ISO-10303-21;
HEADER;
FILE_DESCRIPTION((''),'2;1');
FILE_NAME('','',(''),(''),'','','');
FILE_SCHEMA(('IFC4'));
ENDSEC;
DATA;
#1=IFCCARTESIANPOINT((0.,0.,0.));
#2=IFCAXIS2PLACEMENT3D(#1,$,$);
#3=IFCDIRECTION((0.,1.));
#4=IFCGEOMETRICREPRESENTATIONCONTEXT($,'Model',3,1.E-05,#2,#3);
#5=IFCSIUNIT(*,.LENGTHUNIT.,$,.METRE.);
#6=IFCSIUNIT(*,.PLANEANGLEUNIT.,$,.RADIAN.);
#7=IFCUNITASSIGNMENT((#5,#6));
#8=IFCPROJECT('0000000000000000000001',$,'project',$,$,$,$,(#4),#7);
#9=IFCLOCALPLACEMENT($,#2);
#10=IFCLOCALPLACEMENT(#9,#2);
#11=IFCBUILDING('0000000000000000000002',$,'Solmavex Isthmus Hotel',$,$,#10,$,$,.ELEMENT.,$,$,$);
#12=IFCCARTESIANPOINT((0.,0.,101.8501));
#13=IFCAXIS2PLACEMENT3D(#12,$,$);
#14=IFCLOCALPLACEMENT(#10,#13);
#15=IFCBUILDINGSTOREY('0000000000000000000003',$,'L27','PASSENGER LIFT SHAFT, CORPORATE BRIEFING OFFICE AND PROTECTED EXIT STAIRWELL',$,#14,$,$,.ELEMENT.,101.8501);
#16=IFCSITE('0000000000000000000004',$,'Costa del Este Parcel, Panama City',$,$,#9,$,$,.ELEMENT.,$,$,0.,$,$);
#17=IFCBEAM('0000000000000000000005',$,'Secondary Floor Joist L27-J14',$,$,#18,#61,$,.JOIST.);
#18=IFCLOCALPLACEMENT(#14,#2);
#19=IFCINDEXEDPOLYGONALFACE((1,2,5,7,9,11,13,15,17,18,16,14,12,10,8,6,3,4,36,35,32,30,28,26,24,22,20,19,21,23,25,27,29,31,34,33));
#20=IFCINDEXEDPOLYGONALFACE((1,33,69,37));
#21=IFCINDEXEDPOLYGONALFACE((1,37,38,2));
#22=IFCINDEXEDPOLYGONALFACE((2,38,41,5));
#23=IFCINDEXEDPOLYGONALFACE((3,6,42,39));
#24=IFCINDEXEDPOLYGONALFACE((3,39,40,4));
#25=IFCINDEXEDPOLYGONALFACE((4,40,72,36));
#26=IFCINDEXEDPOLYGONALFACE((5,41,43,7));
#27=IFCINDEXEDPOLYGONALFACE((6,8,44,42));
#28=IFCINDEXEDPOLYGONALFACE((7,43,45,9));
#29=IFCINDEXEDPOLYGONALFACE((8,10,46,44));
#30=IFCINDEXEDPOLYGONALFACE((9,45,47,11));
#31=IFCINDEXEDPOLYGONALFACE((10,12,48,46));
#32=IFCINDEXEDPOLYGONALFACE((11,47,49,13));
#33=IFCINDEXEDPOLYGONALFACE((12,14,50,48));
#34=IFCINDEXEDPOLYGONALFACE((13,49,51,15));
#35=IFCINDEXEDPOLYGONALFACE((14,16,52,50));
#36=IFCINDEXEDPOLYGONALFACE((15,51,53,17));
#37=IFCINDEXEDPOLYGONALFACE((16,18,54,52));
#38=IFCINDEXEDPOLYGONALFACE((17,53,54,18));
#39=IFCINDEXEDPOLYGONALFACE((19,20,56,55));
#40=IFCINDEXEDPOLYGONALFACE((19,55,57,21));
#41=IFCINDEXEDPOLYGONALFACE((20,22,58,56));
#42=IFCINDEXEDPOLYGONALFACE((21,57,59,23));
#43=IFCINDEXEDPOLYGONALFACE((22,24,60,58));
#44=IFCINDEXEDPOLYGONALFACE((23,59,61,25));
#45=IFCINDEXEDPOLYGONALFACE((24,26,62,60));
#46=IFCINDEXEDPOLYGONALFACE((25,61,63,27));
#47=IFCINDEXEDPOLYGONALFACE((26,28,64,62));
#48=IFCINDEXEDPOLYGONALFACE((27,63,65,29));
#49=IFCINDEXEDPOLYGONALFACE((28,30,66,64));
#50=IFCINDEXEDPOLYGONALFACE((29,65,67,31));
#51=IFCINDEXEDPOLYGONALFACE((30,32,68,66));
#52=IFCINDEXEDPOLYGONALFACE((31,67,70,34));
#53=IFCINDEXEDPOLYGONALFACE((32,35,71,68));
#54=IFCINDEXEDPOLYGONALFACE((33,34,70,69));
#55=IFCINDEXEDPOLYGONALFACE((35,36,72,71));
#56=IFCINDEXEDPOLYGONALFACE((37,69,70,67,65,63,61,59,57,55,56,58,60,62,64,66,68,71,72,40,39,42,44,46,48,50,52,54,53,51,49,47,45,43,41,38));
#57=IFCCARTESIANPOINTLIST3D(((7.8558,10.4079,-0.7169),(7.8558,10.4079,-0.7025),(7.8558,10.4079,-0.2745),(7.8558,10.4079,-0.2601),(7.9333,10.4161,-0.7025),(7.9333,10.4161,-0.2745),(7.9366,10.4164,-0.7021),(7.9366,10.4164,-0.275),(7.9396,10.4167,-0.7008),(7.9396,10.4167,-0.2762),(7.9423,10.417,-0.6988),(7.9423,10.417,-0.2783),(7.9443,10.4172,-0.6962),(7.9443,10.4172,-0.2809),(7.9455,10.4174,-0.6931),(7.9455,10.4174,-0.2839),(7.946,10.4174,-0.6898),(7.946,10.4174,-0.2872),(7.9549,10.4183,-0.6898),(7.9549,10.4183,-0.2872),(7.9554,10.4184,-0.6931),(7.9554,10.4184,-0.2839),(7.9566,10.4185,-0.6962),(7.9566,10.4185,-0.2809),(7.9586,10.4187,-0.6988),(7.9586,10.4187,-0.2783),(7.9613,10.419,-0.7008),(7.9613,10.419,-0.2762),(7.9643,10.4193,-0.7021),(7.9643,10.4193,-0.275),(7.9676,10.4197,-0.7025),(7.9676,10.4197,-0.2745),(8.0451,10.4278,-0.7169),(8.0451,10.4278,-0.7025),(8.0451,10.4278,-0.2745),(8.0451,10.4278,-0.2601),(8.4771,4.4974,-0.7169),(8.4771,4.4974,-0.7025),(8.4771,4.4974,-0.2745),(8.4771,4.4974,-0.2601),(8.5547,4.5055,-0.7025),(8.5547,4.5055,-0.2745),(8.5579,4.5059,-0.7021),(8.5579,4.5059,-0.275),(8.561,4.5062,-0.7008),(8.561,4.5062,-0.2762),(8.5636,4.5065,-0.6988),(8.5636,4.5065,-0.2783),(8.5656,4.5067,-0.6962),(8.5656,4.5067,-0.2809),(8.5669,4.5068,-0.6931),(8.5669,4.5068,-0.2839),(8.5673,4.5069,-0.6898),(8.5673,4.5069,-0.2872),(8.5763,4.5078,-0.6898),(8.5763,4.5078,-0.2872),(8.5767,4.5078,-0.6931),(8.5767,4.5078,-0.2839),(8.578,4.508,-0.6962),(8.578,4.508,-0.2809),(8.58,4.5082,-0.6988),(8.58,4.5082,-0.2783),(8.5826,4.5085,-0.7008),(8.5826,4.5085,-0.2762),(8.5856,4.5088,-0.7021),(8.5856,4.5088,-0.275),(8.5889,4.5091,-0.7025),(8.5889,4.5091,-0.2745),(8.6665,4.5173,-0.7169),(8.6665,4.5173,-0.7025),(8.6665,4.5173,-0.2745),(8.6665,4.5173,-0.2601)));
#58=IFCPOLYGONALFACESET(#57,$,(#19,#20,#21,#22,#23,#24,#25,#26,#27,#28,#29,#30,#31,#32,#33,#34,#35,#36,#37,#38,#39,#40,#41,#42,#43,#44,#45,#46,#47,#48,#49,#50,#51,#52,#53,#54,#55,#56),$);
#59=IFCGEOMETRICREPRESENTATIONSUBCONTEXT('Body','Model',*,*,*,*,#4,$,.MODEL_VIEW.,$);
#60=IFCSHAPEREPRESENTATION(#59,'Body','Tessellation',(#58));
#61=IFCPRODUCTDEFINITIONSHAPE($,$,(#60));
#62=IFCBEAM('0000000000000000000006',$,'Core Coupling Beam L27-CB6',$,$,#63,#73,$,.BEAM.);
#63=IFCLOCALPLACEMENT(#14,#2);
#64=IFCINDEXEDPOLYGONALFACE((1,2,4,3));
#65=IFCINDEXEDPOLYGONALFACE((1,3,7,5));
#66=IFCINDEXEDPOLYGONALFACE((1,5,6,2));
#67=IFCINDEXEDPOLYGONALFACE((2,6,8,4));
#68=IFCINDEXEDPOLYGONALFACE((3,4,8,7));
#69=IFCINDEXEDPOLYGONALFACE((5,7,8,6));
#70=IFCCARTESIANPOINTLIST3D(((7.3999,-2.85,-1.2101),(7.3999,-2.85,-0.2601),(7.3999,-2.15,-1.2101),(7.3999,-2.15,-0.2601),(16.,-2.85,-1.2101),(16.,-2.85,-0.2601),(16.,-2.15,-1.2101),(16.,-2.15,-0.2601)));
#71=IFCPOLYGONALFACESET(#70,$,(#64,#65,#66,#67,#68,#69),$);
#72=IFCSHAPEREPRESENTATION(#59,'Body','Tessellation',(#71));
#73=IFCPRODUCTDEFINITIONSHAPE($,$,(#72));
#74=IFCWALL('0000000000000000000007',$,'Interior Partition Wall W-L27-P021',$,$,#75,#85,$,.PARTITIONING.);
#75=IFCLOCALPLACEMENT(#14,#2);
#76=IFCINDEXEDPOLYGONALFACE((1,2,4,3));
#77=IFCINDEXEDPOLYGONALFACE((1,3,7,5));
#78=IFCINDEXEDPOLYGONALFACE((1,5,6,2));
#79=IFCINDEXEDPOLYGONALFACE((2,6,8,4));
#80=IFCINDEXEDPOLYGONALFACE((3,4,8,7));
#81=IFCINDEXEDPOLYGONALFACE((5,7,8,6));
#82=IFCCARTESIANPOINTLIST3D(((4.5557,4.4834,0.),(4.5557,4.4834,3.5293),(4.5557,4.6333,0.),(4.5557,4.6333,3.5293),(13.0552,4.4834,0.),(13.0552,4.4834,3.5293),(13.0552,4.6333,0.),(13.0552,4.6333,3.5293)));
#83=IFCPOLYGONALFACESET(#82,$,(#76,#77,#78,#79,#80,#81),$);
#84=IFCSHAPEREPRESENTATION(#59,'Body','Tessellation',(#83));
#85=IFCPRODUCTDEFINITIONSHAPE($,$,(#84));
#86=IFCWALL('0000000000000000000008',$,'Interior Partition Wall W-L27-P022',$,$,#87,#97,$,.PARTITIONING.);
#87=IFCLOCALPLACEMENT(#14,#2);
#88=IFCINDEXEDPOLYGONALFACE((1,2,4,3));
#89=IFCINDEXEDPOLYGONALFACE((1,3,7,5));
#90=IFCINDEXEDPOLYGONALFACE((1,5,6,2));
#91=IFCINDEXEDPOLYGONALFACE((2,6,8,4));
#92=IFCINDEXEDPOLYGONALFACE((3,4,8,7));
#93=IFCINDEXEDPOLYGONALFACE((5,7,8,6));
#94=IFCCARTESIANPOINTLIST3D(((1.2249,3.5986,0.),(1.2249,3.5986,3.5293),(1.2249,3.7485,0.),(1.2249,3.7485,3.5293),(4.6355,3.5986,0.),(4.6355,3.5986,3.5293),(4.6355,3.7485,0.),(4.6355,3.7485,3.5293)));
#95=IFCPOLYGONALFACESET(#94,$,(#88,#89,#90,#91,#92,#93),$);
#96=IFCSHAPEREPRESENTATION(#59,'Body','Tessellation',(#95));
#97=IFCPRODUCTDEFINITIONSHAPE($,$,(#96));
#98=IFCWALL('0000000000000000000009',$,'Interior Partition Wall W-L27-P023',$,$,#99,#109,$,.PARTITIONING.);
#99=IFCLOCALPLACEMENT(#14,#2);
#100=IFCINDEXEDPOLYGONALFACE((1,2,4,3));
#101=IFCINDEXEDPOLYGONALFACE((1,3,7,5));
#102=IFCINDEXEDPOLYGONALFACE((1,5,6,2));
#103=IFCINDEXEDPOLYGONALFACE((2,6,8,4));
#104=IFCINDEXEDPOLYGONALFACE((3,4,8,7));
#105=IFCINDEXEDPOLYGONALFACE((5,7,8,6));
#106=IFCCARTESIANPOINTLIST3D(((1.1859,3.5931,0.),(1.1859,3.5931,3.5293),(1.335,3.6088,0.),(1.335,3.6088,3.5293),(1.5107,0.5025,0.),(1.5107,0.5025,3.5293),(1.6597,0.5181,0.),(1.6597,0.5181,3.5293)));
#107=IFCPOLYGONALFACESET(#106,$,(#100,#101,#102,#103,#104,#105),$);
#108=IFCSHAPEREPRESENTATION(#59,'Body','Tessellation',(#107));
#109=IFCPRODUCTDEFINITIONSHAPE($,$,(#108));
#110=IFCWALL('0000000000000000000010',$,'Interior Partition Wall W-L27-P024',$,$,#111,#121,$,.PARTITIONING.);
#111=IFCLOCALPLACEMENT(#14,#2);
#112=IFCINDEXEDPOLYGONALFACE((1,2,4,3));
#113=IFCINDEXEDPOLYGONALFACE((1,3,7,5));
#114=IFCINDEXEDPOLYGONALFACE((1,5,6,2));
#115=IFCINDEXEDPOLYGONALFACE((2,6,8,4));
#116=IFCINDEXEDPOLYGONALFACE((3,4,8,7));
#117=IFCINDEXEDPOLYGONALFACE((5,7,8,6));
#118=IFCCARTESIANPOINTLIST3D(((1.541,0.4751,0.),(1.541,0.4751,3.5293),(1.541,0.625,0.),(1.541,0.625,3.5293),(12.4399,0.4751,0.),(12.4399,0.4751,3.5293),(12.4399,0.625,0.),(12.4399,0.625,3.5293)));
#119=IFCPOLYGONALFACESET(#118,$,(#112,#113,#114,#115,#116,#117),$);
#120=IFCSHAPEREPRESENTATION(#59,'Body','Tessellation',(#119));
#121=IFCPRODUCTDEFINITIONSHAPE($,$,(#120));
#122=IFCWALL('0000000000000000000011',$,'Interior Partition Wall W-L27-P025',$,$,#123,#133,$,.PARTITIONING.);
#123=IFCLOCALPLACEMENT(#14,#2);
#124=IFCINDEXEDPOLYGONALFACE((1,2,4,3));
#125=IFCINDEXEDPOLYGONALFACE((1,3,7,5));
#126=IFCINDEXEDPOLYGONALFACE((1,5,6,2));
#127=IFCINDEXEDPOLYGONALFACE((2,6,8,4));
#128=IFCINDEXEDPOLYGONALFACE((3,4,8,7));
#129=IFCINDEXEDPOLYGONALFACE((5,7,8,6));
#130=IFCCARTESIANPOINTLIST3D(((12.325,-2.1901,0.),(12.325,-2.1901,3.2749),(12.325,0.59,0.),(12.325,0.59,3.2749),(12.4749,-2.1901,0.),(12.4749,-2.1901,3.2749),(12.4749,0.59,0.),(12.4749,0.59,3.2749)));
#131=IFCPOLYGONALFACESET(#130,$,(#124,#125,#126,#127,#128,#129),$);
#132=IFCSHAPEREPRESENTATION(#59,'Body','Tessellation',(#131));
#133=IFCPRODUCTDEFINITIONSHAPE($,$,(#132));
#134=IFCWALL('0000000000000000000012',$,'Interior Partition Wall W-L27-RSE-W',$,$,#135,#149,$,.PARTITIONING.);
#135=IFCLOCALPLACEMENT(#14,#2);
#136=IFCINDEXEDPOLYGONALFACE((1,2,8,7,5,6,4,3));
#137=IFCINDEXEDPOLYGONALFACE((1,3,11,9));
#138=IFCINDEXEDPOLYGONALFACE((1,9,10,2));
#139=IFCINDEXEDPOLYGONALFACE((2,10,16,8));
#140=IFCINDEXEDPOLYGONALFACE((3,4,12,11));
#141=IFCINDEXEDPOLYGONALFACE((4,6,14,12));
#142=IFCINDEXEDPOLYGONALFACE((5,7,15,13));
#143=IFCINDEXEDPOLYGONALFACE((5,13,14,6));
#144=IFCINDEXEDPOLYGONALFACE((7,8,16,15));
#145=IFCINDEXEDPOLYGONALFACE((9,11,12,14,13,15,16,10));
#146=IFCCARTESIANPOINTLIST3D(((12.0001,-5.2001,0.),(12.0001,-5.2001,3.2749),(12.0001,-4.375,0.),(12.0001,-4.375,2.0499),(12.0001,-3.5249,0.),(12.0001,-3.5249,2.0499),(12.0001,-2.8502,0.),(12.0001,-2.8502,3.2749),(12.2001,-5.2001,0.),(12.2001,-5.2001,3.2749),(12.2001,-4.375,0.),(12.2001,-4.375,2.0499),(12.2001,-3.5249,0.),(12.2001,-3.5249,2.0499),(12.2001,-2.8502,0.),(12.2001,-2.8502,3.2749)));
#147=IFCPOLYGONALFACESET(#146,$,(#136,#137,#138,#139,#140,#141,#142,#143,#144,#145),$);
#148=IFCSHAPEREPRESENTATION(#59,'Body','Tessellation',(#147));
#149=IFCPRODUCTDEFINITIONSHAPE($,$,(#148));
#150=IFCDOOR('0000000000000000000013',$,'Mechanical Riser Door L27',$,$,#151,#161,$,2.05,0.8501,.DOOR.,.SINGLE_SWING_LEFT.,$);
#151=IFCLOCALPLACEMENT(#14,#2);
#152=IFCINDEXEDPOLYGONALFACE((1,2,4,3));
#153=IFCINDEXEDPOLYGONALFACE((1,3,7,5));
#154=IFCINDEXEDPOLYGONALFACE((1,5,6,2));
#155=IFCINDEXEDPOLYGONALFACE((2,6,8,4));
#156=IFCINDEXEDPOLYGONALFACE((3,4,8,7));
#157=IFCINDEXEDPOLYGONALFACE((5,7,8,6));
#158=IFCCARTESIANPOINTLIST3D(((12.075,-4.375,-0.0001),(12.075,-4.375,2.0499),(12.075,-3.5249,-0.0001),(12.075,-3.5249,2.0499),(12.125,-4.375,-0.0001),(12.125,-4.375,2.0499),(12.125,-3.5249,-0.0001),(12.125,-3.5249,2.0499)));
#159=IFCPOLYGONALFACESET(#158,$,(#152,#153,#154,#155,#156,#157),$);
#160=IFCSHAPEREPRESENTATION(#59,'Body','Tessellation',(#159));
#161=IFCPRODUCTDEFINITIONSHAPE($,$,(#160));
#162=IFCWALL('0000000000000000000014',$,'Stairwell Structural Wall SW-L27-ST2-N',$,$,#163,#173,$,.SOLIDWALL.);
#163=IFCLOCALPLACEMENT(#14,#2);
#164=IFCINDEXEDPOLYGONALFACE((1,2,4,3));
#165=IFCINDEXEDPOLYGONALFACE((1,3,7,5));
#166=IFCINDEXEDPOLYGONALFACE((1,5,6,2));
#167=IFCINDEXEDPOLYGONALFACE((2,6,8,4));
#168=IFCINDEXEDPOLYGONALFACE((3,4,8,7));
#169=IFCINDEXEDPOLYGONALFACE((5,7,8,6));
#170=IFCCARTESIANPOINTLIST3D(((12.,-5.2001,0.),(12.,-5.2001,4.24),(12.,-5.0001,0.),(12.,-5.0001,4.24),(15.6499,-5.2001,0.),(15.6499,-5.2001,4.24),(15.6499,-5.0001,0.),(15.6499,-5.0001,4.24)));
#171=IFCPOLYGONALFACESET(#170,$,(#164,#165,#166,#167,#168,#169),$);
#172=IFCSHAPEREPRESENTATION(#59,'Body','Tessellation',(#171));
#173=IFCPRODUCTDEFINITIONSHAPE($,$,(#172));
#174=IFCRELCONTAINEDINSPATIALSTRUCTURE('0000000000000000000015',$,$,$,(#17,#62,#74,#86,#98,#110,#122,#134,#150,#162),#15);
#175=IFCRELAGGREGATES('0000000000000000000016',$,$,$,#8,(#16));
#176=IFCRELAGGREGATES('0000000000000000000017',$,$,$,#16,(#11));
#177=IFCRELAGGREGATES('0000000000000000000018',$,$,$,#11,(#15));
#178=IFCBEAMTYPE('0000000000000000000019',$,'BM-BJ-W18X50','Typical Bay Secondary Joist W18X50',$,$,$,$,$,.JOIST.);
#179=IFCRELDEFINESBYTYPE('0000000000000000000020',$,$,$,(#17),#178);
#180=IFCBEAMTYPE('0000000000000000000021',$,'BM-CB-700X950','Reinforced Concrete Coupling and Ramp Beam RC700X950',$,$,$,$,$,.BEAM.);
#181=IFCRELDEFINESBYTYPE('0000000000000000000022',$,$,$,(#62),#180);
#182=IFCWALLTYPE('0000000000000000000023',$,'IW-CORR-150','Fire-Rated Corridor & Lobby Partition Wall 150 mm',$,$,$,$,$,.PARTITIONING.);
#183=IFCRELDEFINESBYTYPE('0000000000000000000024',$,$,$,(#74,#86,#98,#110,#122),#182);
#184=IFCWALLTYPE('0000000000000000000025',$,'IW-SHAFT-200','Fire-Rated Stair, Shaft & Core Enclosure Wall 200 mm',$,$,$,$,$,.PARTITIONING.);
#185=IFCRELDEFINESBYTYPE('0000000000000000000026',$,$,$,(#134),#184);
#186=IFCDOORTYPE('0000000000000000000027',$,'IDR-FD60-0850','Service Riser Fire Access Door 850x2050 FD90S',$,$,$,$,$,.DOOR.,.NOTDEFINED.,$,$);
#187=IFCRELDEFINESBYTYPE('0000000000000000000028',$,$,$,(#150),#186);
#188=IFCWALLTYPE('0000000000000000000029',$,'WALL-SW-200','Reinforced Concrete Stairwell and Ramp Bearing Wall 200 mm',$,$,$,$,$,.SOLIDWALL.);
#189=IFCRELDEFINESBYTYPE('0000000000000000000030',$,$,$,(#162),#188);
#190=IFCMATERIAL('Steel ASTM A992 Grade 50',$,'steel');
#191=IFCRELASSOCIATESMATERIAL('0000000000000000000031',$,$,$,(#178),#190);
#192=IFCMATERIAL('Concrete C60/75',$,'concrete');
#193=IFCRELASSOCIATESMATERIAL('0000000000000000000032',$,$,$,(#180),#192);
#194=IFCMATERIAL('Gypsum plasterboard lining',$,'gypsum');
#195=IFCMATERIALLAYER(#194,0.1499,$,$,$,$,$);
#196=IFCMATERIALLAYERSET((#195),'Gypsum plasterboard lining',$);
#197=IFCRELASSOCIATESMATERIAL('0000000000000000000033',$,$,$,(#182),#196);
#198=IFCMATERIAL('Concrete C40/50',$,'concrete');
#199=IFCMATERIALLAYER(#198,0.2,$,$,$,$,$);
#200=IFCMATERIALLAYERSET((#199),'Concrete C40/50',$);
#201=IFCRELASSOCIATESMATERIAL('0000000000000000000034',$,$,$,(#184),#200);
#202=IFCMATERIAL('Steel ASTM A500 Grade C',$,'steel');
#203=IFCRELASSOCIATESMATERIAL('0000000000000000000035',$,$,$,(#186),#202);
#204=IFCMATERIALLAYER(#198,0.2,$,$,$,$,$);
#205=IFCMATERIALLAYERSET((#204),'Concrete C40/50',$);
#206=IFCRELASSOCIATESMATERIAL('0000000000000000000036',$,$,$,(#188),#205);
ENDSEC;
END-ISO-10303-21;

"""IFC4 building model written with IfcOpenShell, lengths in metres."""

from ifc_helpers import new_model, si_unit, direction, frame, frame_2d, origin, origin_2d, place, context, subcontext, project, spatial, rectangle, i_section, extrude, material, layer, layer_set, material_profile, profile_set, type_object, element, fill, save


model = new_model("IFC4")

# Units and contexts
model_context = context("Model", 3, precision=1e-05, world=origin(), true_north=direction((0.0, 1.0)))
body_context = subcontext(model_context, "Body", "Model", "MODEL_VIEW")
ifc_project = project(units=[si_unit("LENGTHUNIT", "METRE"), si_unit("PLANEANGLEUNIT", "RADIAN")], contexts=[model_context])

# Site, building, storey
site_placement = place(None, origin())
site = spatial("IfcSite", under=ifc_project, at=site_placement, Name="Costa del Este Parcel, Panama City", CompositionType="ELEMENT", RefElevation=0.0)
building_placement = place(site_placement, origin())
building = spatial("IfcBuilding", under=site, at=building_placement, Name="Solmavex Isthmus Hotel", CompositionType="ELEMENT")
storey_placement = place(building_placement, frame((0.0, 0.0, 101.8501)))
storey = spatial("IfcBuildingStorey", under=building, at=storey_placement, Name="L27", Description="PASSENGER LIFT SHAFT, CORPORATE BRIEFING OFFICE AND PROTECTED EXIT STAIRWELL", CompositionType="ELEMENT", Elevation=101.8501)

# Shared definitions
ifc_material_1 = material(Name="Concrete C60/75", Category="concrete")

# Beams
ifc_material_2 = material(Name="Steel ASTM A992 Grade 50", Category="steel")
ifc_material_profile_1 = material_profile(ifc_material_2, i_section(OverallWidth=0.1904, OverallDepth=0.4568, WebThickness=0.009, FlangeThickness=0.0144, FilletRadius=0.0127, at=origin_2d()), Name="W18X50")
ifc_profile_set_1 = profile_set([ifc_material_profile_1], Name="Steel ASTM A992 Grade 50")
beam_type_1 = type_object("IfcBeamType", Name="BM-BJ-W18X50", Description="Typical Bay Secondary Joist W18X50", PredefinedType="JOIST", material=ifc_profile_set_1)
beam_1_placement = place(storey_placement, frame((8.5718, 4.5073, -0.4885), z_axis=(-0.104546, 0.99452, 0.0), x_axis=(-0.99452, -0.104546, 0.0)))
element("IfcBeam", 1, at=beam_1_placement, inside=storey, type_object=beam_type_1, Name="Secondary Floor Joist L27-J14", PredefinedType="JOIST", context=body_context, shape_type="SweptSolid", body=[
    extrude(i_section(OverallWidth=0.1904, OverallDepth=0.4568, WebThickness=0.009, FlangeThickness=0.0144, FilletRadius=0.0127, at=origin_2d()), origin(), (0.0, 0.0, 1.0), 5.9431),
])
ifc_material_profile_2 = material_profile(ifc_material_1, rectangle(XDim=0.7, YDim=0.95, at=origin_2d()), Name="RC700X950")
ifc_profile_set_2 = profile_set([ifc_material_profile_2], Name="Concrete C60/75")
beam_type_2 = type_object("IfcBeamType", Name="BM-CB-700X950", Description="Reinforced Concrete Coupling and Ramp Beam RC700X950", PredefinedType="BEAM", material=ifc_profile_set_2)
beam_2_placement = place(storey_placement, frame((7.3999, -2.5, -0.7351), z_axis=(1.0, 0.0, 0.0), x_axis=(0.0, 1.0, 0.0)))
element("IfcBeam", 2, at=beam_2_placement, inside=storey, type_object=beam_type_2, Name="Core Coupling Beam L27-CB6", PredefinedType="BEAM", context=body_context, shape_type="SweptSolid", body=[
    extrude(rectangle(XDim=0.7, YDim=0.95, at=origin_2d()), origin(), (0.0, 0.0, 1.0), 8.6001),
])

# Walls
ifc_material_3 = material(Name="Gypsum plasterboard lining", Category="gypsum")
ifc_layer_1 = layer(ifc_material_3, 0.1499)
ifc_layer_set_1 = layer_set([ifc_layer_1], Name="Gypsum plasterboard lining")
wall_type_1 = type_object("IfcWallType", Name="IW-CORR-150", Description="Fire-Rated Corridor & Lobby Partition Wall 150 mm", PredefinedType="PARTITIONING", material=ifc_layer_set_1)
wall_1_placement = place(storey_placement, frame((13.0552, 4.5583, 0.0), z_axis=(0.0, 0.0, 1.0), x_axis=(-1.0, 0.0, 0.0)))
element("IfcWall", 3, at=wall_1_placement, inside=storey, type_object=wall_type_1, Name="Interior Partition Wall W-L27-P021", PredefinedType="PARTITIONING", context=body_context, shape_type="SweptSolid", body=[
    extrude(rectangle(XDim=8.4995, YDim=0.1499, at=frame_2d((4.2498, 0.0))), origin(), (0.0, 0.0, 1.0), 3.5293),
])
wall_2_placement = place(storey_placement, frame((4.6355, 3.6736, 0.0), z_axis=(0.0, 0.0, 1.0), x_axis=(-1.0, 0.0, 0.0)))
element("IfcWall", 4, at=wall_2_placement, inside=storey, type_object=wall_type_1, Name="Interior Partition Wall W-L27-P022", PredefinedType="PARTITIONING", context=body_context, shape_type="SweptSolid", body=[
    extrude(rectangle(XDim=3.4106, YDim=0.1499, at=frame_2d((1.7053, 0.0))), origin(), (0.0, 0.0, 1.0), 3.5293),
])
wall_3_placement = place(storey_placement, frame((1.2605, 3.6008, 0.0), z_axis=(0.0, 0.0, 1.0), x_axis=(0.104488, -0.994526, 0.0)))
element("IfcWall", 5, at=wall_3_placement, inside=storey, type_object=wall_type_1, Name="Interior Partition Wall W-L27-P023", PredefinedType="PARTITIONING", context=body_context, shape_type="SweptSolid", body=[
    extrude(rectangle(XDim=3.1077, YDim=0.1499, at=frame_2d((1.5537, 0.0))), origin(), (0.0, 0.0, 1.0), 3.5293),
])
wall_4_placement = place(storey_placement, frame((1.541, 0.55, 0.0), z_axis=(0.0, 0.0, 1.0), x_axis=(1.0, 0.0, 0.0)))
element("IfcWall", 6, at=wall_4_placement, inside=storey, type_object=wall_type_1, Name="Interior Partition Wall W-L27-P024", PredefinedType="PARTITIONING", context=body_context, shape_type="SweptSolid", body=[
    extrude(rectangle(XDim=10.8989, YDim=0.1499, at=frame_2d((5.4495, 0.0))), origin(), (0.0, 0.0, 1.0), 3.5293),
])
wall_5_placement = place(storey_placement, frame((12.3999, 0.5901, 0.0), z_axis=(0.0, 0.0, 1.0), x_axis=(0.0, -1.0, 0.0)))
element("IfcWall", 7, at=wall_5_placement, inside=storey, type_object=wall_type_1, Name="Interior Partition Wall W-L27-P025", PredefinedType="PARTITIONING", context=body_context, shape_type="SweptSolid", body=[
    extrude(rectangle(XDim=2.78, YDim=0.1499, at=frame_2d((1.3901, 0.0))), origin(), (0.0, 0.0, 1.0), 3.2749),
])

# Wall, opening, door
ifc_material_4 = material(Name="Concrete C40/50", Category="concrete")
ifc_layer_2 = layer(ifc_material_4, 0.2)
ifc_layer_set_2 = layer_set([ifc_layer_2], Name="Concrete C40/50")
wall_type_2 = type_object("IfcWallType", Name="IW-SHAFT-200", Description="Fire-Rated Stair, Shaft & Core Enclosure Wall 200 mm", PredefinedType="PARTITIONING", material=ifc_layer_set_2)
wall_6_placement = place(storey_placement, frame((12.1001, -5.2, 0.0), z_axis=(0.0, 0.0, 1.0), x_axis=(0.0, 1.0, 0.0)))
wall_6 = element("IfcWall", 8, at=wall_6_placement, inside=storey, type_object=wall_type_2, Name="Interior Partition Wall W-L27-RSE-W", PredefinedType="PARTITIONING", context=body_context, shape_type="SweptSolid", body=[
    extrude(rectangle(XDim=2.3499, YDim=0.2, at=frame_2d((1.1748, 0.0))), origin(), (0.0, 0.0, 1.0), 3.2749),
])
opening_placement = place(wall_6_placement, frame((0.825, 0.0, 0.0)))
opening = element("IfcOpeningElement", 9, at=opening_placement, cuts=wall_6, PredefinedType="OPENING", context=body_context, shape_type="SweptSolid", body=[
    extrude(rectangle(XDim=0.8501, YDim=2.05, at=frame_2d((0.425, 1.0249))), frame((0.0, 0.1099, 0.0), z_axis=(0.0, -1.0, 0.0), x_axis=(1.0, 0.0, 0.0)), (0.0, 0.0, 1.0), 0.22),
])
ifc_material_5 = material(Name="Steel ASTM A500 Grade C", Category="steel")
door_type = type_object("IfcDoorType", Name="IDR-FD60-0850", Description="Service Riser Fire Access Door 850x2050 FD90S", OperationType="NOTDEFINED", PredefinedType="DOOR", material=ifc_material_5)
door_placement = place(opening_placement, frame((0.8501, 0.0, 0.0), z_axis=(0.0, 0.0, 1.0), x_axis=(-1.0, 0.0, 0.0)))
door = element("IfcDoor", 10, at=door_placement, inside=storey, type_object=door_type, Name="Mechanical Riser Door L27", OperationType="SINGLE_SWING_LEFT", OverallHeight=2.05, OverallWidth=0.8501, PredefinedType="DOOR", context=body_context, shape_type="SweptSolid", body=[
    extrude(rectangle(XDim=0.8501, YDim=2.05, at=frame_2d((0.425, 1.0249))), frame((0.0, 0.0249, 0.0), z_axis=(0.0, -1.0, 0.0), x_axis=(1.0, 0.0, 0.0)), (0.0, 0.0, 1.0), 0.05),
])
fill(opening, door)

# Wall
ifc_layer_3 = layer(ifc_material_4, 0.2)
ifc_layer_set_3 = layer_set([ifc_layer_3], Name="Concrete C40/50")
wall_type_3 = type_object("IfcWallType", Name="WALL-SW-200", Description="Reinforced Concrete Stairwell and Ramp Bearing Wall 200 mm", PredefinedType="SOLIDWALL", material=ifc_layer_set_3)
wall_7_placement = place(storey_placement, frame((12.0, -5.1001, 0.0), z_axis=(0.0, 0.0, 1.0), x_axis=(1.0, 0.0, 0.0)))
element("IfcWall", 11, at=wall_7_placement, inside=storey, type_object=wall_type_3, Name="Stairwell Structural Wall SW-L27-ST2-N", PredefinedType="SOLIDWALL", context=body_context, shape_type="SweptSolid", body=[
    extrude(rectangle(XDim=3.6499, YDim=0.2, at=frame_2d((1.825, 0.0))), origin(), (0.0, 0.0, 1.0), 4.24),
])

save(model, "model.ifc")
